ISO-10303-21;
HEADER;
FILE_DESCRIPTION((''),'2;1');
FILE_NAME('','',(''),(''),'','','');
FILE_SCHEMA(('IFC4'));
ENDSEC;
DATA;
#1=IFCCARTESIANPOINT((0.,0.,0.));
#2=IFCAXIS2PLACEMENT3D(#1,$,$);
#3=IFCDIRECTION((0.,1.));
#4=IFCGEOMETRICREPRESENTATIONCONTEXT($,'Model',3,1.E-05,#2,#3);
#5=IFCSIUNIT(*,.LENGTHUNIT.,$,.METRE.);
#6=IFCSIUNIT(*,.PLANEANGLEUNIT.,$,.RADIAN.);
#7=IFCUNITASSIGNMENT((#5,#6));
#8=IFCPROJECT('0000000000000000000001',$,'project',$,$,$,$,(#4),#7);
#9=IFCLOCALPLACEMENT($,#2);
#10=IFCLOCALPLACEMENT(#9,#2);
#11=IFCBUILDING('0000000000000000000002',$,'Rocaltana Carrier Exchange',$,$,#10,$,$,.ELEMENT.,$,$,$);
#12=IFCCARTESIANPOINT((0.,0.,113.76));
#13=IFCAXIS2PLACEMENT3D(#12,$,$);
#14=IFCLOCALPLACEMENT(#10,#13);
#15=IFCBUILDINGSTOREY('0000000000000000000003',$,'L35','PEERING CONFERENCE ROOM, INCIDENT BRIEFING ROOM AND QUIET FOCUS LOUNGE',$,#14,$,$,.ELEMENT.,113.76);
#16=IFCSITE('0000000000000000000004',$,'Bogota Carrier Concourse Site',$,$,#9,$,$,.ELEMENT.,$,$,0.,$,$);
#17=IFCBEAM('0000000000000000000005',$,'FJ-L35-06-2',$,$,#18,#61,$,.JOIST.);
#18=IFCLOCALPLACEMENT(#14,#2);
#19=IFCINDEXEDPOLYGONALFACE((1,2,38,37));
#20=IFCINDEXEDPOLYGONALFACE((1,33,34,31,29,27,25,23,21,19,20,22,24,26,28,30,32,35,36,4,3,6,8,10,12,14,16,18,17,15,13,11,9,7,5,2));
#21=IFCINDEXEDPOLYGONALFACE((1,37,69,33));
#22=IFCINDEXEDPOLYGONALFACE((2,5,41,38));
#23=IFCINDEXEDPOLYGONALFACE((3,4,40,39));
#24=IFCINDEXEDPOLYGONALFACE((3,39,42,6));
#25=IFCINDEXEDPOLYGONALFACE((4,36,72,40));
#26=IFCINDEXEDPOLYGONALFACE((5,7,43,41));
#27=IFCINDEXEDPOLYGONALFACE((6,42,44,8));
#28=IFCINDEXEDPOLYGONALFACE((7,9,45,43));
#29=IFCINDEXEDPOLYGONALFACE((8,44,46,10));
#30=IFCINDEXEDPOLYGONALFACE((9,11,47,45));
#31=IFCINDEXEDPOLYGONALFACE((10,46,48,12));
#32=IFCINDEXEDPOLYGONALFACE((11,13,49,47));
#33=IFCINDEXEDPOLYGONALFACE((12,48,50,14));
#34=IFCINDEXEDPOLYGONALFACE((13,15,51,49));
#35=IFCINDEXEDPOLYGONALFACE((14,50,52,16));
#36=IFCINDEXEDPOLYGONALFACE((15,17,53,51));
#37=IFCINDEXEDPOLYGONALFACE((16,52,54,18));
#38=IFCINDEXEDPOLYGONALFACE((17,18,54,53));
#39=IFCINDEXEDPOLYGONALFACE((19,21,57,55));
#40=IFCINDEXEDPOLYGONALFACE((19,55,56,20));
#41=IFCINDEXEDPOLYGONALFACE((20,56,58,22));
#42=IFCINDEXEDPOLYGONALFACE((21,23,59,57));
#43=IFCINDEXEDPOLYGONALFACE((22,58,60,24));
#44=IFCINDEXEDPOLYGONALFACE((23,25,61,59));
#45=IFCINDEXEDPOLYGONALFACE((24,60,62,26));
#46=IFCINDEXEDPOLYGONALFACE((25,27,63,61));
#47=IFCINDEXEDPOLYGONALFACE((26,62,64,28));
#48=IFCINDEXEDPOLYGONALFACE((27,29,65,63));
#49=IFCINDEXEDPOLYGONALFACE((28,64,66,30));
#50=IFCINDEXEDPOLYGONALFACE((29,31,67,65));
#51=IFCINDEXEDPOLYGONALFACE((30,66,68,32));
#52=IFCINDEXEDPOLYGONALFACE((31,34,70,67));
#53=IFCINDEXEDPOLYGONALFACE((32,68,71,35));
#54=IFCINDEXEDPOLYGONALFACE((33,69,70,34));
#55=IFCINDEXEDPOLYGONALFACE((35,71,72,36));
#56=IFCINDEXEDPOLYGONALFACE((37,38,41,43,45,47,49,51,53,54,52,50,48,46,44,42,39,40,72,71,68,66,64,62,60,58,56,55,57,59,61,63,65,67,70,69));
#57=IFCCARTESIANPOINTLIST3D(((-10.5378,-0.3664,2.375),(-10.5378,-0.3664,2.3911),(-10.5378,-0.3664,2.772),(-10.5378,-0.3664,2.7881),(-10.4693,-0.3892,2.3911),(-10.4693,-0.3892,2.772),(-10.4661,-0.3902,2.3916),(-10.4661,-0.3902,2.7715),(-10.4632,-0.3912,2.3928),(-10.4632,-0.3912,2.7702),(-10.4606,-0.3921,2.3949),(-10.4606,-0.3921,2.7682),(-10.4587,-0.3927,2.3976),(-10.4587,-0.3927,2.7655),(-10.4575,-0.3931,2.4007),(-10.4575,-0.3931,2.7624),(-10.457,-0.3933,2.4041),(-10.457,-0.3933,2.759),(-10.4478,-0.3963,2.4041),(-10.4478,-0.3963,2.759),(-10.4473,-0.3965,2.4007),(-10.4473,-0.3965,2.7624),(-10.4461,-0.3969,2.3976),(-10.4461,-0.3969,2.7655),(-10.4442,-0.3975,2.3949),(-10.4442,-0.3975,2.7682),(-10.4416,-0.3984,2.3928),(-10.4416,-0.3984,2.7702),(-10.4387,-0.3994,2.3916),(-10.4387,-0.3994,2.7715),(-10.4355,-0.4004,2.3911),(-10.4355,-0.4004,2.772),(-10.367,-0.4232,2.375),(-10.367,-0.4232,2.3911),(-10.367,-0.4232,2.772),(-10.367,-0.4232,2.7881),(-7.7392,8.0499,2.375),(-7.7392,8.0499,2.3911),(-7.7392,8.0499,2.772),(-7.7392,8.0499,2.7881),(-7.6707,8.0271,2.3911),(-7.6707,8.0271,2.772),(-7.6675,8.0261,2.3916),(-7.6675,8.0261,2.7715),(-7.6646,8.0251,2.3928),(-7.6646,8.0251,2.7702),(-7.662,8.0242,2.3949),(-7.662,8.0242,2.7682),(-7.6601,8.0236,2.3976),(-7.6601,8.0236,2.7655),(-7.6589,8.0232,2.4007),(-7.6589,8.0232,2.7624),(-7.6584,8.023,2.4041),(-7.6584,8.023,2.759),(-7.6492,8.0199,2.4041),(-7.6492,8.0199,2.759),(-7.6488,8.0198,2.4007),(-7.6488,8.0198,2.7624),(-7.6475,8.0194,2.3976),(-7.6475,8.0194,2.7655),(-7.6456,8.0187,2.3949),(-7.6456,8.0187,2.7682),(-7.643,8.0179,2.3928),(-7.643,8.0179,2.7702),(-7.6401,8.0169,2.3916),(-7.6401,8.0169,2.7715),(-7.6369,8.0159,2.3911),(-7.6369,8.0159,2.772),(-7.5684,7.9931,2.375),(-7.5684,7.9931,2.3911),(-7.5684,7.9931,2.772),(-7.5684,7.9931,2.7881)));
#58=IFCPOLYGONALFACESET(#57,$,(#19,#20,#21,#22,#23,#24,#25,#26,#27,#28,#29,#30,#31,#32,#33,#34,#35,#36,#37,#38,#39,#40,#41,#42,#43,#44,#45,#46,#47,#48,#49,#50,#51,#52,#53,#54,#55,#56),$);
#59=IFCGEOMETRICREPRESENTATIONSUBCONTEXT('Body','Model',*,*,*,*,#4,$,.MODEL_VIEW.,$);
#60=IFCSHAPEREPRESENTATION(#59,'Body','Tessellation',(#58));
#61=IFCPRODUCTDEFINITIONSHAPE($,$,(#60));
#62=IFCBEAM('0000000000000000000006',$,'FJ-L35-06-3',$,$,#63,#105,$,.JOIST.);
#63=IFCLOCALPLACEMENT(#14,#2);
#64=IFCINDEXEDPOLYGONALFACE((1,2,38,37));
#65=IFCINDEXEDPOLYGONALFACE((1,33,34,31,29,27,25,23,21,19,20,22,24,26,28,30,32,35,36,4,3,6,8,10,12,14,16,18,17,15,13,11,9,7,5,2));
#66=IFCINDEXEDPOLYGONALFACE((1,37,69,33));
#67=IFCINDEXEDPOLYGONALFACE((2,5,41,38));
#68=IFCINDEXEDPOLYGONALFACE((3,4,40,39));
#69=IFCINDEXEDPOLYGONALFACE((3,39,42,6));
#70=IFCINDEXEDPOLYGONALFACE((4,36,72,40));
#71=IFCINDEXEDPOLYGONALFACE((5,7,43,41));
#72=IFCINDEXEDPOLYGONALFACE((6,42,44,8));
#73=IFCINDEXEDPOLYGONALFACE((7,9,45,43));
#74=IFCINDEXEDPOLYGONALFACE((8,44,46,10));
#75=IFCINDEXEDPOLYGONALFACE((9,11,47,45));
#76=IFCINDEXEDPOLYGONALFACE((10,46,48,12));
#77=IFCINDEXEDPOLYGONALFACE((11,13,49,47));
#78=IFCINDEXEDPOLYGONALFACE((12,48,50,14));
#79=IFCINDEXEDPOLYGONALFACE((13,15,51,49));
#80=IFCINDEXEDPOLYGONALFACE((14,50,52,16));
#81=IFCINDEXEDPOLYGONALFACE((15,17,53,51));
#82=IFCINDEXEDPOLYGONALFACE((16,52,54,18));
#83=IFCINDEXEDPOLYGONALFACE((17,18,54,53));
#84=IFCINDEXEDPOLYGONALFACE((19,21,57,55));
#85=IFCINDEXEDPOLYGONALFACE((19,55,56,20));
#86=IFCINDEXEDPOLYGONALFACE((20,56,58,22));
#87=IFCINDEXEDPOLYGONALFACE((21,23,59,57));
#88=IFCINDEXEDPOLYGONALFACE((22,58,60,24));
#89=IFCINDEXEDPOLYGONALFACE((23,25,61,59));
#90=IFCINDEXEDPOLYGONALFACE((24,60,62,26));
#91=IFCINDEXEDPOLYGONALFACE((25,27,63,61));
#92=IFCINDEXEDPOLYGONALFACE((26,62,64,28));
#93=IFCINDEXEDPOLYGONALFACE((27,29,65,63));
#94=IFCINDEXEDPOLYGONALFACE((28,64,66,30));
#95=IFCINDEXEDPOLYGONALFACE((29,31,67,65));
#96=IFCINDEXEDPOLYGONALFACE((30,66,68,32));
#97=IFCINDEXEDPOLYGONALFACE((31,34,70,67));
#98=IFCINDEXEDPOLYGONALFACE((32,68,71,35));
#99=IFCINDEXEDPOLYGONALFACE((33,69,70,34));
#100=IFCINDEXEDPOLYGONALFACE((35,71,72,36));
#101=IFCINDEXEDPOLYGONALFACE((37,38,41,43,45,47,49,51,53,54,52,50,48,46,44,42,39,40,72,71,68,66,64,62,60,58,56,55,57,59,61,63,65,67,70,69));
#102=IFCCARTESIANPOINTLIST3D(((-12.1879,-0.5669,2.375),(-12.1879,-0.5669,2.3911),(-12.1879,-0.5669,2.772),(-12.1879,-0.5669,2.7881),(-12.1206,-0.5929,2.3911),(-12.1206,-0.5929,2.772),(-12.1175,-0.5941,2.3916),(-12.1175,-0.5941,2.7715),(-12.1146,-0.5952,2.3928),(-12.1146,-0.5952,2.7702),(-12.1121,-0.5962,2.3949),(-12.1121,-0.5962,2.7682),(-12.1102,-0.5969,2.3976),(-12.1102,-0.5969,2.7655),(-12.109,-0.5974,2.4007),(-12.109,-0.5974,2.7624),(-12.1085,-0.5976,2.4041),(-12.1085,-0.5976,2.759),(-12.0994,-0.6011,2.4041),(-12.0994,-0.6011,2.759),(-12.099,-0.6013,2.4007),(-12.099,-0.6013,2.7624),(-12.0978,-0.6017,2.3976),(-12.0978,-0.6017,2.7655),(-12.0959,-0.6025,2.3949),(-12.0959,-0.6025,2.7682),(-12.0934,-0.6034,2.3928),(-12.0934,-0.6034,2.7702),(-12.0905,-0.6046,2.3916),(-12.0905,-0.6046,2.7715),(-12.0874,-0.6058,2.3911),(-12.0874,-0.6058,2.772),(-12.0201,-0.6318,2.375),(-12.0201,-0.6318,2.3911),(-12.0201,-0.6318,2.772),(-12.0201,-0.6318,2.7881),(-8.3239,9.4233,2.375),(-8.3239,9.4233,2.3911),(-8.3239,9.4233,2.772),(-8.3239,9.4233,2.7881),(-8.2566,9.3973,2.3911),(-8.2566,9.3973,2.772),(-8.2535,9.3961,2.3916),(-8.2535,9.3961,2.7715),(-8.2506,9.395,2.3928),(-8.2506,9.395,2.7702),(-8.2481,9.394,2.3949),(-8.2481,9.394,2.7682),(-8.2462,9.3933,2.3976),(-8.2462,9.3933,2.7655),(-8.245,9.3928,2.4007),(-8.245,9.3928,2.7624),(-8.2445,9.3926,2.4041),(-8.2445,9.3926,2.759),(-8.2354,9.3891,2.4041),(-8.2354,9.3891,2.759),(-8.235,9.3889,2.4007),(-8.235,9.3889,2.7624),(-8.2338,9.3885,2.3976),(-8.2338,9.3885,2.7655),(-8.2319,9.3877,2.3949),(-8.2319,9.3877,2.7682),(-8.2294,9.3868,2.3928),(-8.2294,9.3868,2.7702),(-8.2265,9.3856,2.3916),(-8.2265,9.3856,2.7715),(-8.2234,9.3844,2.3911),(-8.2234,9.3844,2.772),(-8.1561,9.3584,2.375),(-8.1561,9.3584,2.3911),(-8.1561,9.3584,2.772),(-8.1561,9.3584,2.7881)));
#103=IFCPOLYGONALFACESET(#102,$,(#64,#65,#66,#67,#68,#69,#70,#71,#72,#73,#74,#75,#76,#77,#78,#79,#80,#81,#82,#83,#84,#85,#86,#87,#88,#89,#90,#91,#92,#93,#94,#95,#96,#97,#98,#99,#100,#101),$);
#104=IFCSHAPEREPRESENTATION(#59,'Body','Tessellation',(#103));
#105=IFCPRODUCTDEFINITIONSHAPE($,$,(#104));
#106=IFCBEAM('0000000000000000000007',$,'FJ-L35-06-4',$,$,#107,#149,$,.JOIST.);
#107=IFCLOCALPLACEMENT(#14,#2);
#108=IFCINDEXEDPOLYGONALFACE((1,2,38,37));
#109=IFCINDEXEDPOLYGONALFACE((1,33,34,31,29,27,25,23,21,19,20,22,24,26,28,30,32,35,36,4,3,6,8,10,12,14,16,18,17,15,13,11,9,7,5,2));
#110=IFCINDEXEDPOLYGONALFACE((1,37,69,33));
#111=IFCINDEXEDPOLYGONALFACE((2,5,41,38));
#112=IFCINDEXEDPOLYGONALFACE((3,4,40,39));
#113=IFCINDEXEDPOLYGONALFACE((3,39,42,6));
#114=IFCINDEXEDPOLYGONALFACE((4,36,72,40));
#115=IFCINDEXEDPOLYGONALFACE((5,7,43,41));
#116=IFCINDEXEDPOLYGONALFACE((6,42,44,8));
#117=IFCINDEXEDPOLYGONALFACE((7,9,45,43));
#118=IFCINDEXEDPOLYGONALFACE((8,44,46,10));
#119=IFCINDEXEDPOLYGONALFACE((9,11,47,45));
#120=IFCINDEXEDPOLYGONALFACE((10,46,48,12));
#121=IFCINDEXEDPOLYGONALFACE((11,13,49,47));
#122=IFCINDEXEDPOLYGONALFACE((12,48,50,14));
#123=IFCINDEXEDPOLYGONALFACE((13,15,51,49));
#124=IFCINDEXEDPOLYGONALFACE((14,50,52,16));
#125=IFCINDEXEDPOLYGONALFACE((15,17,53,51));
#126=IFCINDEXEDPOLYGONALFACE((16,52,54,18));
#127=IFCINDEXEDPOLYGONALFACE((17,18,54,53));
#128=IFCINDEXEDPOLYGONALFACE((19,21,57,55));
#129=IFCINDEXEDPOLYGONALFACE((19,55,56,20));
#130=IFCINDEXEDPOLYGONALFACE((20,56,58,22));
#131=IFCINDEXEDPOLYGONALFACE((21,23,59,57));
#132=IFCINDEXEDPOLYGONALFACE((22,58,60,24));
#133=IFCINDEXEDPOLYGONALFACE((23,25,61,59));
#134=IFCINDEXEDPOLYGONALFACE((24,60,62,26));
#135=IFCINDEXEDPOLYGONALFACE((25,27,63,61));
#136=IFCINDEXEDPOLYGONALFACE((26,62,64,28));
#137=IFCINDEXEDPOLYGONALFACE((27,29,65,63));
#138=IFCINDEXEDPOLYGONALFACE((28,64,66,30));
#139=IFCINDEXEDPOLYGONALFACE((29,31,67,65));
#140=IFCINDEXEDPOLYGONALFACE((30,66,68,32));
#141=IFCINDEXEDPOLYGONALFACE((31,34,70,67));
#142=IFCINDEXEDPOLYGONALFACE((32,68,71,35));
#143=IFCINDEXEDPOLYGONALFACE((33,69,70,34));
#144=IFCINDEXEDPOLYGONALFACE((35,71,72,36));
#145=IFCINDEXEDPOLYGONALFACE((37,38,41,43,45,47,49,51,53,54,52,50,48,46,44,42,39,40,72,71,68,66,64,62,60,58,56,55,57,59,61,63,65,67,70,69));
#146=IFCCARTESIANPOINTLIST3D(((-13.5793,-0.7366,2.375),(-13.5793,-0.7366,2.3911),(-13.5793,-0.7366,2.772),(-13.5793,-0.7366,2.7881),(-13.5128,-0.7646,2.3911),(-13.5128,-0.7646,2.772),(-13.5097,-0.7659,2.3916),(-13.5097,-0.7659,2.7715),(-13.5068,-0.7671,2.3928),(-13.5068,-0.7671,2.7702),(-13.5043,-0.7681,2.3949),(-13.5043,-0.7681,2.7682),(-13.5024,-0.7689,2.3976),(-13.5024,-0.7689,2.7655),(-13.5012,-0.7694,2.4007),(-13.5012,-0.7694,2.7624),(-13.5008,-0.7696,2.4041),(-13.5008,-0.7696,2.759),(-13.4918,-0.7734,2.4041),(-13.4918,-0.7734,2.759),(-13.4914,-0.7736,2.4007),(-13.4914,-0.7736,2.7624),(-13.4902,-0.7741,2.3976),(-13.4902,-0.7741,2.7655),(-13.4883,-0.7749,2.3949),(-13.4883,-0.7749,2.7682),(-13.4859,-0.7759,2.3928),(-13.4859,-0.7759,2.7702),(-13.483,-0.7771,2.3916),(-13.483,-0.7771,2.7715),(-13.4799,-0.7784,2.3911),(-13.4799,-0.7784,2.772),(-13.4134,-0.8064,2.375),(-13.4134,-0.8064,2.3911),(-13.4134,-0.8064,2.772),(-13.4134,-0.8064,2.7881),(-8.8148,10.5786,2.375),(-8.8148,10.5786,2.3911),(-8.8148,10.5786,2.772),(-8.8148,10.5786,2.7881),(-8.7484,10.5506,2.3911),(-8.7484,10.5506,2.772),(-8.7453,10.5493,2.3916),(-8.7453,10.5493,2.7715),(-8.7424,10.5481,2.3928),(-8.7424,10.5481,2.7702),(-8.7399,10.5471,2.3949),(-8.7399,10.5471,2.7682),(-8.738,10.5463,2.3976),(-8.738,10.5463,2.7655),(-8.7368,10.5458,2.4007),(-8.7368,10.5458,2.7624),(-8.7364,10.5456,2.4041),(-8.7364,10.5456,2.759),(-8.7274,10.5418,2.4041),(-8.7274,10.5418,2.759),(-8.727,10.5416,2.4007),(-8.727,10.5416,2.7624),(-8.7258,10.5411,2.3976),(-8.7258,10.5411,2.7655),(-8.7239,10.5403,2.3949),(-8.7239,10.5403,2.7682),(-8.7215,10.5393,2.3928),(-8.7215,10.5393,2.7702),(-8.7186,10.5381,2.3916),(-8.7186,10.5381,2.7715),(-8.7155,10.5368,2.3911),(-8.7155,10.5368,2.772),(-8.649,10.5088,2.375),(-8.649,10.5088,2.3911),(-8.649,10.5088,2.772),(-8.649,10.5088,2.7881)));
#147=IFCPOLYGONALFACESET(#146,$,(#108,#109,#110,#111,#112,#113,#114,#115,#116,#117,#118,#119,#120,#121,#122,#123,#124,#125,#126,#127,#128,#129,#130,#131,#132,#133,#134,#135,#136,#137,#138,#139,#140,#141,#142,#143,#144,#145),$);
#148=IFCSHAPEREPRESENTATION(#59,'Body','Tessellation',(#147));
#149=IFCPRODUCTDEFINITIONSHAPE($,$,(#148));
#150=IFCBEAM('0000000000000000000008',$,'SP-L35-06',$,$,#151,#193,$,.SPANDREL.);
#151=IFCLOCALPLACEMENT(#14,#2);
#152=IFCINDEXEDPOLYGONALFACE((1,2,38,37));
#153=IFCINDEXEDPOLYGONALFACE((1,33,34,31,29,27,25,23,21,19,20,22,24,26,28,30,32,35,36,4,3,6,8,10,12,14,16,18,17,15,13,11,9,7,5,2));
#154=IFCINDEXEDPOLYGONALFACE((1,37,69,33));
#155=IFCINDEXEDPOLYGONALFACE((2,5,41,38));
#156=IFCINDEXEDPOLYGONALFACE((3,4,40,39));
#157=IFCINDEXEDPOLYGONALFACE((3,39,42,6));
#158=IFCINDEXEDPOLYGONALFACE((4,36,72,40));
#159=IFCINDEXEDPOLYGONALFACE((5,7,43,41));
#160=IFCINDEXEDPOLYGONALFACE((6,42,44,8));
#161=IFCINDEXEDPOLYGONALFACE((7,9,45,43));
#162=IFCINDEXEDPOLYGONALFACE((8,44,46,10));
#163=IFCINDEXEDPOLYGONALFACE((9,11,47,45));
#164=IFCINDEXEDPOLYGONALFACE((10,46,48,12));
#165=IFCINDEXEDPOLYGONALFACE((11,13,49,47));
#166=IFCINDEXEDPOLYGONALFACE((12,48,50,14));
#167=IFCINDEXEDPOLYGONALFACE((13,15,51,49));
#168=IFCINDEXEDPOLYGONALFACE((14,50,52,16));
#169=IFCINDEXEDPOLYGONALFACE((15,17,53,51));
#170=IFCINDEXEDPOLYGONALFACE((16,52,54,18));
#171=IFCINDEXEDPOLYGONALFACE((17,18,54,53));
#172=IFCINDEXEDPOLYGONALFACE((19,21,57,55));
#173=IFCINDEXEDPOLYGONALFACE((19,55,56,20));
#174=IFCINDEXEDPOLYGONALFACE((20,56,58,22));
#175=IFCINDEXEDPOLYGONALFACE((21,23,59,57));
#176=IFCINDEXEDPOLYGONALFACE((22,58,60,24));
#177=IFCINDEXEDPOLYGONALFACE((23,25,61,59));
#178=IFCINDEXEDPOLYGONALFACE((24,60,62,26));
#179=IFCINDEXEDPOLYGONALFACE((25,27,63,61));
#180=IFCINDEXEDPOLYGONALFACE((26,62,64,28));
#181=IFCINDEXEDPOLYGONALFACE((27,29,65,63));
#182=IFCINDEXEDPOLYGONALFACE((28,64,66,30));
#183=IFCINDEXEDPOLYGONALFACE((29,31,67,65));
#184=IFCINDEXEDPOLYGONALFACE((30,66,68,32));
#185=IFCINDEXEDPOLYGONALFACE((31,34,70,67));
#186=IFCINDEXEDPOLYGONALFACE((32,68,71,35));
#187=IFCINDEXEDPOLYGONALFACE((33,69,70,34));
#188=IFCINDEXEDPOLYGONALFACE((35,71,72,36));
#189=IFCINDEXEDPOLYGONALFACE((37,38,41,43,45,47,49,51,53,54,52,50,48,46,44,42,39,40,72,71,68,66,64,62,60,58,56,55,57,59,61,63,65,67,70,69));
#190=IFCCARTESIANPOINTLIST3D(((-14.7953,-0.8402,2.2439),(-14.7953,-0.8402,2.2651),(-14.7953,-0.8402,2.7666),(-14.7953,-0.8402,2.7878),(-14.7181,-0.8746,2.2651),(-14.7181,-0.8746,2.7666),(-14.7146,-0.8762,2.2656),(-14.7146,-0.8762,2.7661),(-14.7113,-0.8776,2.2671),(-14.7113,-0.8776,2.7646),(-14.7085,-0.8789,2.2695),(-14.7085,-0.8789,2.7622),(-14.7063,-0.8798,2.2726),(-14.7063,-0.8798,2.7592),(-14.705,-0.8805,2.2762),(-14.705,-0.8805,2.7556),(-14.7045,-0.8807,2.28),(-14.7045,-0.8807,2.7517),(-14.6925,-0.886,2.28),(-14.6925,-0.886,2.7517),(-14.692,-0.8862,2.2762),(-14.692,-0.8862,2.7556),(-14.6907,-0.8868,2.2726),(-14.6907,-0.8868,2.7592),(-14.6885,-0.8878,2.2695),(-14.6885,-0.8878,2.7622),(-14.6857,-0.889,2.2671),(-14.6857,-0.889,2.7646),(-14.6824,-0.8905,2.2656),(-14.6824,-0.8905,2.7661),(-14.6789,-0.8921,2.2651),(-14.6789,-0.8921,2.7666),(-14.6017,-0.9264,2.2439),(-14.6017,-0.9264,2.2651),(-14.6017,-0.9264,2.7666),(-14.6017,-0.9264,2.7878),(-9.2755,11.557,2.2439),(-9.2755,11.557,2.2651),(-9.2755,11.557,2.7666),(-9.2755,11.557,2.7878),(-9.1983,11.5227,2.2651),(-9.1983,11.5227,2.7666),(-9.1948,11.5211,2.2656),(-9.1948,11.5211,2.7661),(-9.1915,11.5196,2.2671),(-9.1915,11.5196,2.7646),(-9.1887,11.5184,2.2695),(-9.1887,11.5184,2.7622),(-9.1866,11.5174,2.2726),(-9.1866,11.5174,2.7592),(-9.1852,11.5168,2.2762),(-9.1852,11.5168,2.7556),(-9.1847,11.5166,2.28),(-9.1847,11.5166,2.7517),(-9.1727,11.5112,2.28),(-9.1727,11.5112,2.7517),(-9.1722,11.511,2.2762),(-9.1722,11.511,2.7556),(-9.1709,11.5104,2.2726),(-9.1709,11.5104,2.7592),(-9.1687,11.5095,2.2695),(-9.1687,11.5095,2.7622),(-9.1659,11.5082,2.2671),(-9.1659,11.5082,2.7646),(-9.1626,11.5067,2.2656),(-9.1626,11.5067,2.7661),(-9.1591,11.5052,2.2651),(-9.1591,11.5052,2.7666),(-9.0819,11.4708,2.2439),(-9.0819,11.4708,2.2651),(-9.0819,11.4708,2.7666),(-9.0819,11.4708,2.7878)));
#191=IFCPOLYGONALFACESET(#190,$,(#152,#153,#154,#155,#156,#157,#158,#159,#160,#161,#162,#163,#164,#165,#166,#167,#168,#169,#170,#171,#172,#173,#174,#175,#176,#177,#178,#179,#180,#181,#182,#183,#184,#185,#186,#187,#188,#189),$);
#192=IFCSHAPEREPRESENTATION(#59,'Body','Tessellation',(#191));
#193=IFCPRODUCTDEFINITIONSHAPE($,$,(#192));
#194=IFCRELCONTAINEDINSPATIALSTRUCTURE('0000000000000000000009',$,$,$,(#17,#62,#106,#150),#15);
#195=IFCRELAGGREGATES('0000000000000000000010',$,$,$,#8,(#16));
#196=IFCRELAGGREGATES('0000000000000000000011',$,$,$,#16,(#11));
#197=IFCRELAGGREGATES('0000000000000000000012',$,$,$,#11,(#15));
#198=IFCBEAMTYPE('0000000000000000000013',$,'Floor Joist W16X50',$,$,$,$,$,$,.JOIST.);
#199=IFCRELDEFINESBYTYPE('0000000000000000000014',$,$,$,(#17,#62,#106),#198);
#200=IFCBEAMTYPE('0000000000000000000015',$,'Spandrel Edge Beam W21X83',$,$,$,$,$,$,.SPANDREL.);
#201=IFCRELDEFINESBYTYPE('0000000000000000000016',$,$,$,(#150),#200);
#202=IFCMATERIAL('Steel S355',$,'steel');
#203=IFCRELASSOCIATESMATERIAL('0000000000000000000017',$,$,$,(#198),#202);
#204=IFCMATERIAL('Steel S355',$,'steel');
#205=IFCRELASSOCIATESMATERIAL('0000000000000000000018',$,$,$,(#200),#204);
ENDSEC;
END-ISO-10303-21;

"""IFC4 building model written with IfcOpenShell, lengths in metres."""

from ifc_helpers import new_model, si_unit, direction, frame, origin, origin_2d, place, context, subcontext, project, spatial, i_section, extrude, material, material_profile, profile_set, type_object, element, save


model = new_model("IFC4")

# Units and contexts
model_context = context("Model", 3, precision=1e-05, world=origin(), true_north=direction((0.0, 1.0)))
body_context = subcontext(model_context, "Body", "Model", "MODEL_VIEW")
ifc_project = project(units=[si_unit("LENGTHUNIT", "METRE"), si_unit("PLANEANGLEUNIT", "RADIAN")], contexts=[model_context])

# Site, building, storey
site_placement = place(None, origin())
site = spatial("IfcSite", under=ifc_project, at=site_placement, Name="Bogota Carrier Concourse Site", CompositionType="ELEMENT", RefElevation=0.0)
building_placement = place(site_placement, origin())
building = spatial("IfcBuilding", under=site, at=building_placement, Name="Rocaltana Carrier Exchange", CompositionType="ELEMENT")
storey_placement = place(building_placement, frame((0.0, 0.0, 113.76)))
storey = spatial("IfcBuildingStorey", under=building, at=storey_placement, Name="L35", Description="PEERING CONFERENCE ROOM, INCIDENT BRIEFING ROOM AND QUIET FOCUS LOUNGE", CompositionType="ELEMENT", Elevation=113.76)

# Beams
ifc_material_1 = material(Name="Steel S355", Category="steel")
ifc_material_profile_1 = material_profile(ifc_material_1, i_section(OverallWidth=0.1799, OverallDepth=0.4131, WebThickness=0.0098, FlangeThickness=0.0161, FilletRadius=0.0129, at=origin_2d()), Name="W16X50")
ifc_profile_set_1 = profile_set([ifc_material_profile_1], Name="Steel S355")
beam_type_1 = type_object("IfcBeamType", Name="Floor Joist W16X50", PredefinedType="JOIST", material=ifc_profile_set_1)
beam_1_placement = place(storey_placement, frame((-7.6538, 8.0215, 2.5815), z_axis=(-0.315534, -0.948914, 0.0), x_axis=(0.948914, -0.315534, 0.0)))
element("IfcBeam", 1, at=beam_1_placement, inside=storey, type_object=beam_type_1, Name="FJ-L35-06-2", PredefinedType="JOIST", context=body_context, shape_type="SweptSolid", body=[
    extrude(i_section(OverallWidth=0.1799, OverallDepth=0.4131, WebThickness=0.0098, FlangeThickness=0.0161, FilletRadius=0.0129, at=origin_2d()), origin(), (0.0, 0.0, 1.0), 8.8694),
])
beam_2_placement = place(storey_placement, frame((-8.24, 9.3909, 2.5815), z_axis=(-0.360736, -0.932668, 0.0), x_axis=(0.932668, -0.360736, 0.0)))
element("IfcBeam", 2, at=beam_2_placement, inside=storey, type_object=beam_type_1, Name="FJ-L35-06-3", PredefinedType="JOIST", context=body_context, shape_type="SweptSolid", body=[
    extrude(i_section(OverallWidth=0.1799, OverallDepth=0.4131, WebThickness=0.0098, FlangeThickness=0.0161, FilletRadius=0.0129, at=origin_2d()), origin(), (0.0, 0.0, 1.0), 10.7114),
])
beam_3_placement = place(storey_placement, frame((-8.7319, 10.5437, 2.5815), z_axis=(-0.388065, -0.921632, 0.0), x_axis=(0.921632, -0.388065, 0.0)))
element("IfcBeam", 3, at=beam_3_placement, inside=storey, type_object=beam_type_1, Name="FJ-L35-06-4", PredefinedType="JOIST", context=body_context, shape_type="SweptSolid", body=[
    extrude(i_section(OverallWidth=0.1799, OverallDepth=0.4131, WebThickness=0.0098, FlangeThickness=0.0161, FilletRadius=0.0129, at=origin_2d()), origin(), (0.0, 0.0, 1.0), 12.2773),
])
ifc_material_2 = material(Name="Steel S355", Category="steel")
ifc_material_profile_2 = material_profile(ifc_material_2, i_section(OverallWidth=0.2119, OverallDepth=0.5439, WebThickness=0.0132, FlangeThickness=0.0212, FilletRadius=0.0149, at=origin_2d()), Name="W21X83")
ifc_profile_set_2 = profile_set([ifc_material_profile_2], Name="Steel S355")
beam_type_2 = type_object("IfcBeamType", Name="Spandrel Edge Beam W21X83", PredefinedType="SPANDREL", material=ifc_profile_set_2)
beam_4_placement = place(storey_placement, frame((-9.1787, 11.5139, 2.5159), z_axis=(-0.406748, -0.913541, 0.0), x_axis=(0.913541, -0.406748, 0.0)))
element("IfcBeam", 4, at=beam_4_placement, inside=storey, type_object=beam_type_2, Name="SP-L35-06", PredefinedType="SPANDREL", context=body_context, shape_type="SweptSolid", body=[
    extrude(i_section(OverallWidth=0.2119, OverallDepth=0.5439, WebThickness=0.0132, FlangeThickness=0.0212, FilletRadius=0.0149, at=origin_2d()), origin(), (0.0, 0.0, 1.0), 13.5706),
])

save(model, "model.ifc")
